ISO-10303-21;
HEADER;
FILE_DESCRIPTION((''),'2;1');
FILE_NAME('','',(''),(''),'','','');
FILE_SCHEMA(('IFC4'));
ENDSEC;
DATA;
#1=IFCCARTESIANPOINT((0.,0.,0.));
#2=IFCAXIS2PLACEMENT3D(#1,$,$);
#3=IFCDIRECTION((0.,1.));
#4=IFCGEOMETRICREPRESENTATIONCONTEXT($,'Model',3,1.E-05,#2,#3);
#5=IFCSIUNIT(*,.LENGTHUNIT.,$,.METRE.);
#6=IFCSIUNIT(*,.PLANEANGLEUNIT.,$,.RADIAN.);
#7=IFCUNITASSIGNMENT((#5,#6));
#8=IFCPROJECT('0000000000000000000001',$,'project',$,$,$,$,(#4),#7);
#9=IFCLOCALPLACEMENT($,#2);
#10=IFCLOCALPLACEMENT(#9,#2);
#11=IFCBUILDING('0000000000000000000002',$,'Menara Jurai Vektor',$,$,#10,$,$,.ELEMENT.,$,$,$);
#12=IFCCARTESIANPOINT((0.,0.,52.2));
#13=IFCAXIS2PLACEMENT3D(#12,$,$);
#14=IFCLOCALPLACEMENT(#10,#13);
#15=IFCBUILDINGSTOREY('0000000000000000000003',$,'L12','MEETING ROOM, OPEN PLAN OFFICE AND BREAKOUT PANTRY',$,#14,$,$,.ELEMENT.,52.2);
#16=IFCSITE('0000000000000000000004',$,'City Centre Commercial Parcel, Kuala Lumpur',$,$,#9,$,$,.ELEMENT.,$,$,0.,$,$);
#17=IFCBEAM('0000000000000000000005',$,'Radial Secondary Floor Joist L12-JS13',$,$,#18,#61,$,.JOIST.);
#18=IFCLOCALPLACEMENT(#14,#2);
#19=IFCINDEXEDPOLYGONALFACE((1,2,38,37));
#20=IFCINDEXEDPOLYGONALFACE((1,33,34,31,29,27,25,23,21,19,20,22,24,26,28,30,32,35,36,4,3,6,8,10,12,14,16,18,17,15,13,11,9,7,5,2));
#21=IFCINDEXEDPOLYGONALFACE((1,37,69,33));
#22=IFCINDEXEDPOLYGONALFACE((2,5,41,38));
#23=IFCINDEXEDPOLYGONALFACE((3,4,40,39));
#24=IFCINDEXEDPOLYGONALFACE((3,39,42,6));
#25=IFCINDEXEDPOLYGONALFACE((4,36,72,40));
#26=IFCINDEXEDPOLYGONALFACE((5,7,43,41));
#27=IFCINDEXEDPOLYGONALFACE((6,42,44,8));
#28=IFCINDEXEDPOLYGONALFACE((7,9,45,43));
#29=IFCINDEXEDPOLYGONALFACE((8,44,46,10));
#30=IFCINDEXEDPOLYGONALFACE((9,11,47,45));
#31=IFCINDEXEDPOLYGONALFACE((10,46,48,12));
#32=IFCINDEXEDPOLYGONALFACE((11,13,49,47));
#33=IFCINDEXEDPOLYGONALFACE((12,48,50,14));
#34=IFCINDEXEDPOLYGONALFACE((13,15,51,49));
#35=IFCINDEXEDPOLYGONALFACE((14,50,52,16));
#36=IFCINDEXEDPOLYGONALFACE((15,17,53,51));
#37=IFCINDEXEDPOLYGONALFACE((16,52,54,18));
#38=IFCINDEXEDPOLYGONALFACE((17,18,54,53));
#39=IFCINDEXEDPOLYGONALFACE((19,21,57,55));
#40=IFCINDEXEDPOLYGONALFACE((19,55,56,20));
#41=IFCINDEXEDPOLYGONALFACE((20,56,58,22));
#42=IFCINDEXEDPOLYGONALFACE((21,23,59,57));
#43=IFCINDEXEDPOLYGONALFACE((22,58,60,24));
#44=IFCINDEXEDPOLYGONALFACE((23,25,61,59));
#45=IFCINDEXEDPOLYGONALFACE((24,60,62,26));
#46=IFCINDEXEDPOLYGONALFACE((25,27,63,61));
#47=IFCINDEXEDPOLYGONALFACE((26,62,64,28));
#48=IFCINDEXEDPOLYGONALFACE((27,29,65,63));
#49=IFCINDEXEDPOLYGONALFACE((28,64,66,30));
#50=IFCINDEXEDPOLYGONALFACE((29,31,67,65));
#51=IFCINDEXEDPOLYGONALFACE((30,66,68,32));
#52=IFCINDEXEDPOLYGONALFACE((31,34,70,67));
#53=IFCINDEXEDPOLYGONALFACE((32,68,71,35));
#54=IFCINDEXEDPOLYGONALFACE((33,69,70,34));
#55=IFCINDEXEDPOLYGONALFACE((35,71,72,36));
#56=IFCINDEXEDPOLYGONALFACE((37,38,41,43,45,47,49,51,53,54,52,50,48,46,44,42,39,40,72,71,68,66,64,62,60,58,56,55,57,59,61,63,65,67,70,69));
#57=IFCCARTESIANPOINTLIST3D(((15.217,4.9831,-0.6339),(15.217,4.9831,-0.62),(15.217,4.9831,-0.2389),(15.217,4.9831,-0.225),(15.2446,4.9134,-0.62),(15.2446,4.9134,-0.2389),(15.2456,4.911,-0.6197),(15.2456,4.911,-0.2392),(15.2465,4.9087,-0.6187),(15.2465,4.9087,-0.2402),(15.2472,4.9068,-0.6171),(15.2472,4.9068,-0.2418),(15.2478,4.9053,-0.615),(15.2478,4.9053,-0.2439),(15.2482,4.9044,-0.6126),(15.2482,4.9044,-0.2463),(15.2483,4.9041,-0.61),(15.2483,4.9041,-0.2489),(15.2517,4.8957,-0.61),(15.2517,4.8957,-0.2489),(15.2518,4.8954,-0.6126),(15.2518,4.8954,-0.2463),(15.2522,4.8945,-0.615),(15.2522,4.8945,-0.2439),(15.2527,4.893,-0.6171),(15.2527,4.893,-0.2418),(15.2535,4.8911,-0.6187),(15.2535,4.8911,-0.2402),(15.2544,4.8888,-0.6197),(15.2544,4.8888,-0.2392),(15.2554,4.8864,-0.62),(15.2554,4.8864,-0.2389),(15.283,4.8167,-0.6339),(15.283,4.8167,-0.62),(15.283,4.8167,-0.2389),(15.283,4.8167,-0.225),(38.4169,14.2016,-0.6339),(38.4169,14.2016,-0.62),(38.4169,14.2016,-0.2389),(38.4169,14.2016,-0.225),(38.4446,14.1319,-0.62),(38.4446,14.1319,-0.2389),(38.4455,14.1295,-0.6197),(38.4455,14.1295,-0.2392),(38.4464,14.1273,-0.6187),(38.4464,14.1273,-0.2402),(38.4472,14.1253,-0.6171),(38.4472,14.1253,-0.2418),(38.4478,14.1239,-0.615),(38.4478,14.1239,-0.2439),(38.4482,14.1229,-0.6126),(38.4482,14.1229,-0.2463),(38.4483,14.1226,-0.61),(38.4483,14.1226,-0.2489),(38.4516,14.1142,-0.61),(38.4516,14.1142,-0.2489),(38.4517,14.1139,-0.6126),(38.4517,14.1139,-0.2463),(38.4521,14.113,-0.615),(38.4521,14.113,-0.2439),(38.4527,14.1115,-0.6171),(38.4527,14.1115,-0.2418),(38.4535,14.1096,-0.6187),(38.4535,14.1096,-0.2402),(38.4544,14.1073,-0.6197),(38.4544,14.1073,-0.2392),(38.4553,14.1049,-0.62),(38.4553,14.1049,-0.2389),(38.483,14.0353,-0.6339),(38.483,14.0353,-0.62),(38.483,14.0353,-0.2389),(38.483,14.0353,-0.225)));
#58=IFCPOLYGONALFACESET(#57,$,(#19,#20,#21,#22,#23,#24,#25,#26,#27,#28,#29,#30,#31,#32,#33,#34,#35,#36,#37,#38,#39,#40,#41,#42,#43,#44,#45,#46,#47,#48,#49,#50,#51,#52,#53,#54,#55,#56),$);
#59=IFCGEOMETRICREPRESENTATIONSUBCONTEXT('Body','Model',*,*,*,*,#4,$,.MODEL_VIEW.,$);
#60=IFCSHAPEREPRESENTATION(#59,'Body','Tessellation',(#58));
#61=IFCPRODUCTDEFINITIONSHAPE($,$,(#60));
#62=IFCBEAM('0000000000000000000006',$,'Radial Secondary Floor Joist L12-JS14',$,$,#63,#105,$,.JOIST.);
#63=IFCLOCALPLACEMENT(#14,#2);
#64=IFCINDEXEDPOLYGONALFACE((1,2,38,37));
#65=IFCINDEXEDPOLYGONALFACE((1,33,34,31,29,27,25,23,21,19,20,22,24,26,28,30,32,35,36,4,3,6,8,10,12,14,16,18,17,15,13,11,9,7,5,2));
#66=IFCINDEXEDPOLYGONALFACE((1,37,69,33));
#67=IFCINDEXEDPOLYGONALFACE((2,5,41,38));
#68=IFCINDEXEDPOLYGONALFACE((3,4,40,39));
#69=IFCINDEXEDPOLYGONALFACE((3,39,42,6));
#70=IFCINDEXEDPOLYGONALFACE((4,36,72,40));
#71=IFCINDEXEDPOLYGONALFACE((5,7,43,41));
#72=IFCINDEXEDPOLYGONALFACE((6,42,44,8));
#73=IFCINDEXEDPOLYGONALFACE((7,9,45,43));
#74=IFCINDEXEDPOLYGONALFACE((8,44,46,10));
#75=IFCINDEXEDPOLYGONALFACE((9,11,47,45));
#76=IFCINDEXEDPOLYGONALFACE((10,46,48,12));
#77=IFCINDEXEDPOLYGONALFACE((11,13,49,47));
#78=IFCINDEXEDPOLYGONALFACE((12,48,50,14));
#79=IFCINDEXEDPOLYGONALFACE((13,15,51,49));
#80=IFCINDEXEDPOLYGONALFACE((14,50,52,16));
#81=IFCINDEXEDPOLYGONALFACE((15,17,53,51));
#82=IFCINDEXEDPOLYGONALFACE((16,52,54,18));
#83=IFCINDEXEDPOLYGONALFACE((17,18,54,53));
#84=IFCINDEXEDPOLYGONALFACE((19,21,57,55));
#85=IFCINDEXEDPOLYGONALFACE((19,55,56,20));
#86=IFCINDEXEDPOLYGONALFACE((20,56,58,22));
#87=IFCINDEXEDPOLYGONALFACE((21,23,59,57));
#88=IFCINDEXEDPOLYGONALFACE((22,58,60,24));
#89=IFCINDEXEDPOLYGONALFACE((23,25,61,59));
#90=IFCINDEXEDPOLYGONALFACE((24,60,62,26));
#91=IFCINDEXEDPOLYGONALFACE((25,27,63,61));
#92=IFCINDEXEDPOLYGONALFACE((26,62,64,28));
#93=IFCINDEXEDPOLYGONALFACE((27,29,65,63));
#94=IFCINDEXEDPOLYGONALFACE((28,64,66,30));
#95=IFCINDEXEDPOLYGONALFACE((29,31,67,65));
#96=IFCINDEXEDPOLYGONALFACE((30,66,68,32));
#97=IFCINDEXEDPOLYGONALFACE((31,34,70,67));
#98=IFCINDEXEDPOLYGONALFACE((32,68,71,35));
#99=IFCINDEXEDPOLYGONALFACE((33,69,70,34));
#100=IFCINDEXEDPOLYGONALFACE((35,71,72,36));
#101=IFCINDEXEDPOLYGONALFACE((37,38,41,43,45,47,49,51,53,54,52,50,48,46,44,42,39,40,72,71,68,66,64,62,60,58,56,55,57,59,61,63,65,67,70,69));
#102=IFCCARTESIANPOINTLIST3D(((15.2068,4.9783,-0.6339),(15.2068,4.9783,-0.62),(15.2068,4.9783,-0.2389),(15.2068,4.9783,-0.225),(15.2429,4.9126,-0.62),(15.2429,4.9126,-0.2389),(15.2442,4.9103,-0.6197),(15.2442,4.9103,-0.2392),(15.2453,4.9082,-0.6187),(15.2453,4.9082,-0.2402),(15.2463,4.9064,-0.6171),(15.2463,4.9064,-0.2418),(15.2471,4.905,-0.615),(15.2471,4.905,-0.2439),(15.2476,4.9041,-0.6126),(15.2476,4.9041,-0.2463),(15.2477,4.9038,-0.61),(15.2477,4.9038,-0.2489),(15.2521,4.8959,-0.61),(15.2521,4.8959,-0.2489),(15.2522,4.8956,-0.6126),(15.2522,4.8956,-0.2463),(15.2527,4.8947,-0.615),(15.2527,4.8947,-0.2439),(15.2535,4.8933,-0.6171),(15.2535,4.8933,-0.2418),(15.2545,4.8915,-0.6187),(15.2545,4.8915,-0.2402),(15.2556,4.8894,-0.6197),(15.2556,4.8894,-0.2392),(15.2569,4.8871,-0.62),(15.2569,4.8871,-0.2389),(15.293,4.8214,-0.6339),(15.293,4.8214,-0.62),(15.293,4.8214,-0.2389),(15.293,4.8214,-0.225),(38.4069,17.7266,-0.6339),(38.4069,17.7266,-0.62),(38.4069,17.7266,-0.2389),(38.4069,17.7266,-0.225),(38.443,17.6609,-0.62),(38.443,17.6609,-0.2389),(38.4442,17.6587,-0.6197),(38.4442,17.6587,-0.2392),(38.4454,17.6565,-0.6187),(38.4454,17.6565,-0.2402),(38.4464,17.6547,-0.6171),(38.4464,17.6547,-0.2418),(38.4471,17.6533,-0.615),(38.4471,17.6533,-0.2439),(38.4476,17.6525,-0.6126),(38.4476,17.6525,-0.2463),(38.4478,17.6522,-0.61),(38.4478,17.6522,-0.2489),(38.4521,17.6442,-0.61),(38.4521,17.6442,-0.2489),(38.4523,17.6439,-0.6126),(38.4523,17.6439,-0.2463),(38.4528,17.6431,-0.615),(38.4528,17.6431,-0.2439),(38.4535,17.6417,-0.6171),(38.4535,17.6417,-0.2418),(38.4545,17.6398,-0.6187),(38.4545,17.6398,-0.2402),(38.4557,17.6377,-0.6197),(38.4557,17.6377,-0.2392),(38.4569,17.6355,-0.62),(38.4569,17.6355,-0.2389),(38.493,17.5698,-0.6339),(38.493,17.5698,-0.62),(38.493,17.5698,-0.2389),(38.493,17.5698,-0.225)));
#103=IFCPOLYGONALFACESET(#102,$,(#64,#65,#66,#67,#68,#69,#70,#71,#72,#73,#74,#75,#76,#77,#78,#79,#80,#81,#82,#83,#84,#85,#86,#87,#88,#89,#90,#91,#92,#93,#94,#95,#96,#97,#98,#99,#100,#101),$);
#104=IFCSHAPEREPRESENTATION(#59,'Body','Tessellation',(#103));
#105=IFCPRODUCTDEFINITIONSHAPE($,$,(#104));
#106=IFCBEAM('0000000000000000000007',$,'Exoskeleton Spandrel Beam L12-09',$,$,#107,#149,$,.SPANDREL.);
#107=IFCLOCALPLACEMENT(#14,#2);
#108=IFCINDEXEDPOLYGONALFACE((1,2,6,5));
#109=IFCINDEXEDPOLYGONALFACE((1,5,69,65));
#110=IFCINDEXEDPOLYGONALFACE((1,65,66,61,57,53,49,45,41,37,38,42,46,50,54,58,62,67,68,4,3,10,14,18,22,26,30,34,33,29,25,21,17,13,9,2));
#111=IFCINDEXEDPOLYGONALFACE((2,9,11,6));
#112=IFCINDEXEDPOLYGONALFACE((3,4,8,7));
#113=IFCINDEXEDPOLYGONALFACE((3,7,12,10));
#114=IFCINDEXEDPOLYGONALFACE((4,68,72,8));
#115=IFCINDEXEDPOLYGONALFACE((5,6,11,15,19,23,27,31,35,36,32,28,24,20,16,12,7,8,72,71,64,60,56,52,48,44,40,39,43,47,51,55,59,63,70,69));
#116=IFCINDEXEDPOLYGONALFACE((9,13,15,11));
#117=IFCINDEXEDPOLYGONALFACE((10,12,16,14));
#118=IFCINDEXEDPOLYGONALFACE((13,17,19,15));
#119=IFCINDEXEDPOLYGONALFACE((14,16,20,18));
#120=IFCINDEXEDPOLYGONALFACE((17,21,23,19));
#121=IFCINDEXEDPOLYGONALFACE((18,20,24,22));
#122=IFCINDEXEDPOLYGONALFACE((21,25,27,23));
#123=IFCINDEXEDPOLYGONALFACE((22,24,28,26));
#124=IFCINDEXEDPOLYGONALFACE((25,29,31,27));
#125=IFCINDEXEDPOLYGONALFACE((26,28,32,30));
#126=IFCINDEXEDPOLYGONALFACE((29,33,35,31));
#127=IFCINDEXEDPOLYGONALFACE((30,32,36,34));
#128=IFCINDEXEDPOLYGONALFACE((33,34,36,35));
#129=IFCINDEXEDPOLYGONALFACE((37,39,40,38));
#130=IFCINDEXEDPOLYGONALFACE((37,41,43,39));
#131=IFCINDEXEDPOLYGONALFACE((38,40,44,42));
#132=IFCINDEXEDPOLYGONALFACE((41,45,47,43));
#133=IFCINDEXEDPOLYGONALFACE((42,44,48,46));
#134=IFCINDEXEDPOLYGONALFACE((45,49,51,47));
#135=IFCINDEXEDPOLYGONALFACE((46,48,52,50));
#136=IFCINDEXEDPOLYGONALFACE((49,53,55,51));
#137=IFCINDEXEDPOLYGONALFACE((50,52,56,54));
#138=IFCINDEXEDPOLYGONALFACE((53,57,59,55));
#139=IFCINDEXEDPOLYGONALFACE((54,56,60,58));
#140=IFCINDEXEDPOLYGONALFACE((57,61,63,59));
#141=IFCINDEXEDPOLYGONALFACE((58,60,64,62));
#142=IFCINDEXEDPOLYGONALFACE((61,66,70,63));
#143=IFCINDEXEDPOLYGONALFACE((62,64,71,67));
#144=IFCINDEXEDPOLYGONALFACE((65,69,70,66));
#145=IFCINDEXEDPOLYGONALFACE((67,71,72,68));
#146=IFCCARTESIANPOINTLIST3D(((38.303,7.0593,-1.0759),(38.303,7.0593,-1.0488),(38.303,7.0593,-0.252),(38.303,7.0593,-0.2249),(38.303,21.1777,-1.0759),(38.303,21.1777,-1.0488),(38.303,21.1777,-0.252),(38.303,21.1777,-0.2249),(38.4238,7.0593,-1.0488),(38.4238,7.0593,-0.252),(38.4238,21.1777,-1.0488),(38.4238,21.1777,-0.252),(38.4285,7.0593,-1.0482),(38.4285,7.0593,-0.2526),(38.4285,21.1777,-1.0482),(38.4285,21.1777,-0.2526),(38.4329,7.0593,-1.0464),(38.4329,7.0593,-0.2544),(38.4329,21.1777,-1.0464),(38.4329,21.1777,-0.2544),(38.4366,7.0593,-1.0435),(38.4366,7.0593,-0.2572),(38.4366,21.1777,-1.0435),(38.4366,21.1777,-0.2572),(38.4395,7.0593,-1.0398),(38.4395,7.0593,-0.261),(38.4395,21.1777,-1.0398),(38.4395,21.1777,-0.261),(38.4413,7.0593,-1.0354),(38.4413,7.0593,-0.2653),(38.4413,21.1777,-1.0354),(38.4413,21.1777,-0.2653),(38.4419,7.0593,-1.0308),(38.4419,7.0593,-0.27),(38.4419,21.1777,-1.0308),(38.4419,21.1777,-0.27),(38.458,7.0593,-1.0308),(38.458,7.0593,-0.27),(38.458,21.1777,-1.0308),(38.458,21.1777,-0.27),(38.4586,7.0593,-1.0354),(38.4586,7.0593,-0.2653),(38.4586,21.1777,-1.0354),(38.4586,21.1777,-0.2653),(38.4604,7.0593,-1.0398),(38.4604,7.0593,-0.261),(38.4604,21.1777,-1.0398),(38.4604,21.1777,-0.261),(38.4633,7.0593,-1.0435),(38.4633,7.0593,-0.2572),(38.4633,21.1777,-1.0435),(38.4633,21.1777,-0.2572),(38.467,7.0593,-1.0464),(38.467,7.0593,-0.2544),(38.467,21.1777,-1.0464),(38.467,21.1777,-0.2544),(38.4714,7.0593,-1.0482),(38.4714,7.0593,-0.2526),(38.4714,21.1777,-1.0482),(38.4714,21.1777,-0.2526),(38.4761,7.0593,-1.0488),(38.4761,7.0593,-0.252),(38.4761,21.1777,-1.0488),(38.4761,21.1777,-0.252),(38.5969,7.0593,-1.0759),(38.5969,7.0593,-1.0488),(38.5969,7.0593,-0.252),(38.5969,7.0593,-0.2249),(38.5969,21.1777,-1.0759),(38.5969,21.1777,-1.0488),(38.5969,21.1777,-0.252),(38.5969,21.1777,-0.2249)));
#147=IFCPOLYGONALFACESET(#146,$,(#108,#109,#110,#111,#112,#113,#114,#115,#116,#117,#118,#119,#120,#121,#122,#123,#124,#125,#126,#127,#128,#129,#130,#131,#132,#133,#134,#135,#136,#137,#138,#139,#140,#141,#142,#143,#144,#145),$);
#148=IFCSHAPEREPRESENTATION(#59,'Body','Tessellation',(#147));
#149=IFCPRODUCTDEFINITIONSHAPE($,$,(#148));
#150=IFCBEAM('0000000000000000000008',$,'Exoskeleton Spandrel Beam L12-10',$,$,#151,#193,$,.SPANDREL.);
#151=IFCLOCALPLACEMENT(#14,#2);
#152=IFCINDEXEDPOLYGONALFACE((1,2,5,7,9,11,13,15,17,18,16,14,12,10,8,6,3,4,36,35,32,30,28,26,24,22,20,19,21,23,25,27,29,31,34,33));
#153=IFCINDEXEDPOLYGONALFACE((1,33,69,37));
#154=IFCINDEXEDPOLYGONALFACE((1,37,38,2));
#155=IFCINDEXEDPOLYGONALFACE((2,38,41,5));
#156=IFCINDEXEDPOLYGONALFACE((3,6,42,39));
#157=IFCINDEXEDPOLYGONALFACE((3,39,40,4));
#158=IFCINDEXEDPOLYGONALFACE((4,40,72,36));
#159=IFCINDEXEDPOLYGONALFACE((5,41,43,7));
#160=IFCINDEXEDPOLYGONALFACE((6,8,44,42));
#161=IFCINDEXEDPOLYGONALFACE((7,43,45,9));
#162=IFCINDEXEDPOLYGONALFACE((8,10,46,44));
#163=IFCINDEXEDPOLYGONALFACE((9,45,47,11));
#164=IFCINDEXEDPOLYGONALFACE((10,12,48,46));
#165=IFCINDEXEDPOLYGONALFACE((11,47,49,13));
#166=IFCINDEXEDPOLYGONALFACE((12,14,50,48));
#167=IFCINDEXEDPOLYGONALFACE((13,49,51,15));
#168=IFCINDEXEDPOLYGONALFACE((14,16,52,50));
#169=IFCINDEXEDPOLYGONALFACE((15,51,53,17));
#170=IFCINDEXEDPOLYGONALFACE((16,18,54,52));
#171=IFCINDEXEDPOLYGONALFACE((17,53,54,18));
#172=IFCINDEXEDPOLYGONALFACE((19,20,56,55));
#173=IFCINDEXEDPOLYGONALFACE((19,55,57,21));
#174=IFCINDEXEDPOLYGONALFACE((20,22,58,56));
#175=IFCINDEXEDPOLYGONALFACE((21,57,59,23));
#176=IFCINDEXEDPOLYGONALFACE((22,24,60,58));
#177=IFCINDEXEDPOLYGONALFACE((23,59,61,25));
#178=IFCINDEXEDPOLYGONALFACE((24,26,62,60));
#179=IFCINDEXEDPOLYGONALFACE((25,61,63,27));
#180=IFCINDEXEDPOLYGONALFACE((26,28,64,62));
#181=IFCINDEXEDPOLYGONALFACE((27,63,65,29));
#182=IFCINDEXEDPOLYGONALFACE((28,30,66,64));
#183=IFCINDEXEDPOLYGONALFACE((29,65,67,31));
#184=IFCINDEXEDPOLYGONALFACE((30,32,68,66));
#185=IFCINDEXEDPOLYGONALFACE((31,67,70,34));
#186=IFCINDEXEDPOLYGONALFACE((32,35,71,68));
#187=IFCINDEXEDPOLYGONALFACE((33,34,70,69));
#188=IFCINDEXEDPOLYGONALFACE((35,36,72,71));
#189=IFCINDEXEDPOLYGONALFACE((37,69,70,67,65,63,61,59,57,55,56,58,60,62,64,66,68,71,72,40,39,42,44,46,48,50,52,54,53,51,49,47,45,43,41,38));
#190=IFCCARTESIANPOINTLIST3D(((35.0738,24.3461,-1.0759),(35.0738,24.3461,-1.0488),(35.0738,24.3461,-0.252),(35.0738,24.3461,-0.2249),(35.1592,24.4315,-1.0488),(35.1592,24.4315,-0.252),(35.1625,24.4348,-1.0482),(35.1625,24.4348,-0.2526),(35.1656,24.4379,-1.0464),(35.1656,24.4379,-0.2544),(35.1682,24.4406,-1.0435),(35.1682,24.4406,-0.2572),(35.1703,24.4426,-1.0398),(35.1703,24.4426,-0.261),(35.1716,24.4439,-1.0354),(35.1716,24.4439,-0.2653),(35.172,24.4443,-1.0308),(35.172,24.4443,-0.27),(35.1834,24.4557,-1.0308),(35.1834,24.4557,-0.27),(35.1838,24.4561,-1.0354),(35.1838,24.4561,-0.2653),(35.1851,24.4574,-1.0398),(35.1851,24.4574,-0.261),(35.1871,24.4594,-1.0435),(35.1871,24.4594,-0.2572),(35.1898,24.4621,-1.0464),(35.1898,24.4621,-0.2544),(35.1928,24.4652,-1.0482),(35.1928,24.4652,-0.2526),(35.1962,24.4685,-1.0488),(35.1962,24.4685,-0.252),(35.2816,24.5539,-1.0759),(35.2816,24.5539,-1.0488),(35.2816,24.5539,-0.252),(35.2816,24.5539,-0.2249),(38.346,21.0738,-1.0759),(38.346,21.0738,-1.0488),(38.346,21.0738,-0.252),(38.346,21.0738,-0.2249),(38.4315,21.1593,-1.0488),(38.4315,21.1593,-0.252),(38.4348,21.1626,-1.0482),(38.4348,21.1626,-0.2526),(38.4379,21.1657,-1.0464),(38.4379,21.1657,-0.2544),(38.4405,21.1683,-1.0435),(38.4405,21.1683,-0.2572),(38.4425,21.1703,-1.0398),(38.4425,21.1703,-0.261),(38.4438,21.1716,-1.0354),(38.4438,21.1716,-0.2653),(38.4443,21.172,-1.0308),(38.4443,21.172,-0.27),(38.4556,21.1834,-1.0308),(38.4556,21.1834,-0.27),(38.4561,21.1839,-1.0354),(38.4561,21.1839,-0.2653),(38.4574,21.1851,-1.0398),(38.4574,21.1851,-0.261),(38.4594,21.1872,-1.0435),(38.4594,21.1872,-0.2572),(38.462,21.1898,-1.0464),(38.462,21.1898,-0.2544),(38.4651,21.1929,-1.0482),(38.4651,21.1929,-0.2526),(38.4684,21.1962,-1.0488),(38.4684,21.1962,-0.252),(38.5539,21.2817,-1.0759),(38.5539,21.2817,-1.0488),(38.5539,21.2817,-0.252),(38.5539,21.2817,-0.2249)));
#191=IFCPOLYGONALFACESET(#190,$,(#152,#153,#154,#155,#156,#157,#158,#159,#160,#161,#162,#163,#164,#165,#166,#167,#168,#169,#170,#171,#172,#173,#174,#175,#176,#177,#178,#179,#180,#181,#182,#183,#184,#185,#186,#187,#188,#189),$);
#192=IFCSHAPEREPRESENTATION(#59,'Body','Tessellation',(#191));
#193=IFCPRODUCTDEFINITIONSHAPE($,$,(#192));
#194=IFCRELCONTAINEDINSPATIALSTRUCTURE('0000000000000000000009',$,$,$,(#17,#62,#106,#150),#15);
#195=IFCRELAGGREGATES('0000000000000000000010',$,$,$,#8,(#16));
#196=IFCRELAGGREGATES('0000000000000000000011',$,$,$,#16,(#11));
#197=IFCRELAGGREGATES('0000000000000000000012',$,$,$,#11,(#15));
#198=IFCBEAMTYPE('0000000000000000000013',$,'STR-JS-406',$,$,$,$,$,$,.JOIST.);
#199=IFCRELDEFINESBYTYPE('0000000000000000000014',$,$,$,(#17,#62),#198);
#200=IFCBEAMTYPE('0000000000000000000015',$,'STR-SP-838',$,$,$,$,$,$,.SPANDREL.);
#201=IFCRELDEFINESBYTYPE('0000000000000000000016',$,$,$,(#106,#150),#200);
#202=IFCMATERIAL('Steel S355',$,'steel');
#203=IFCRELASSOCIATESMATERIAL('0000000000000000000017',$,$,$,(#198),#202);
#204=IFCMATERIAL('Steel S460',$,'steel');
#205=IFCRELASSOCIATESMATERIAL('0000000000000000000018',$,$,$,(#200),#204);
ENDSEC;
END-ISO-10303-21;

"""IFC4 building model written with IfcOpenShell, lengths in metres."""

from ifc_helpers import new_model, si_unit, direction, frame, origin, origin_2d, place, context, subcontext, project, spatial, i_section, extrude, material, material_profile, profile_set, type_object, element, save


model = new_model("IFC4")

# Units and contexts
model_context = context("Model", 3, precision=1e-05, world=origin(), true_north=direction((0.0, 1.0)))
body_context = subcontext(model_context, "Body", "Model", "MODEL_VIEW")
ifc_project = project(units=[si_unit("LENGTHUNIT", "METRE"), si_unit("PLANEANGLEUNIT", "RADIAN")], contexts=[model_context])

# Site, building, storey
site_placement = place(None, origin())
site = spatial("IfcSite", under=ifc_project, at=site_placement, Name="City Centre Commercial Parcel, Kuala Lumpur", CompositionType="ELEMENT", RefElevation=0.0)
building_placement = place(site_placement, origin())
building = spatial("IfcBuilding", under=site, at=building_placement, Name="Menara Jurai Vektor", CompositionType="ELEMENT")
storey_placement = place(building_placement, frame((0.0, 0.0, 52.2)))
storey = spatial("IfcBuildingStorey", under=building, at=storey_placement, Name="L12", Description="MEETING ROOM, OPEN PLAN OFFICE AND BREAKOUT PANTRY", CompositionType="ELEMENT", Elevation=52.2)

# Shared definitions
ifc_material_1 = material(Name="Steel S460", Category="steel")

# Beams
ifc_material_2 = material(Name="Steel S355", Category="steel")
ifc_material_profile_1 = material_profile(ifc_material_2, i_section(OverallWidth=0.179, OverallDepth=0.4089, WebThickness=0.009, FlangeThickness=0.0139, FilletRadius=0.01, at=origin_2d()), Name="UKB 406x178x67")
ifc_profile_set_1 = profile_set([ifc_material_profile_1], Name="Steel S355")
beam_type_1 = type_object("IfcBeamType", Name="STR-JS-406", PredefinedType="JOIST", material=ifc_profile_set_1)
beam_1_placement = place(storey_placement, frame((38.45, 14.1184, -0.4294), z_axis=(-0.929323, -0.369267, 0.0), x_axis=(0.369267, -0.929323, 0.0)))
element("IfcBeam", 1, at=beam_1_placement, inside=storey, type_object=beam_type_1, Name="Radial Secondary Floor Joist L12-JS13", PredefinedType="JOIST", context=body_context, shape_type="SweptSolid", body=[
    extrude(i_section(OverallWidth=0.179, OverallDepth=0.4089, WebThickness=0.009, FlangeThickness=0.0139, FilletRadius=0.01, at=origin_2d()), origin(), (0.0, 0.0, 1.0), 24.9644),
])
beam_2_placement = place(storey_placement, frame((38.45, 17.6482, -0.4294), z_axis=(-0.876402, -0.48158, 0.0), x_axis=(0.48158, -0.876402, 0.0)))
element("IfcBeam", 2, at=beam_2_placement, inside=storey, type_object=beam_type_1, Name="Radial Secondary Floor Joist L12-JS14", PredefinedType="JOIST", context=body_context, shape_type="SweptSolid", body=[
    extrude(i_section(OverallWidth=0.179, OverallDepth=0.4089, WebThickness=0.009, FlangeThickness=0.0139, FilletRadius=0.01, at=origin_2d()), origin(), (0.0, 0.0, 1.0), 26.4719),
])
ifc_material_profile_2 = material_profile(ifc_material_1, i_section(OverallWidth=0.2939, OverallDepth=0.8511, WebThickness=0.0161, FlangeThickness=0.0271, FilletRadius=0.0181, at=origin_2d()), Name="UKB 838x292x226")
ifc_profile_set_2 = profile_set([ifc_material_profile_2], Name="Steel S460")
beam_type_2 = type_object("IfcBeamType", Name="STR-SP-838", PredefinedType="SPANDREL", material=ifc_profile_set_2)
beam_3_placement = place(storey_placement, frame((38.45, 7.0593, -0.6504), z_axis=(0.0, 1.0, 0.0), x_axis=(-1.0, 0.0, 0.0)))
element("IfcBeam", 3, at=beam_3_placement, inside=storey, type_object=beam_type_2, Name="Exoskeleton Spandrel Beam L12-09", PredefinedType="SPANDREL", context=body_context, shape_type="SweptSolid", body=[
    extrude(i_section(OverallWidth=0.2939, OverallDepth=0.8511, WebThickness=0.0161, FlangeThickness=0.0271, FilletRadius=0.0181, at=origin_2d()), origin(), (0.0, 0.0, 1.0), 14.1184),
])
beam_4_placement = place(storey_placement, frame((38.45, 21.1777, -0.6504), z_axis=(-0.707107, 0.707107, 0.0), x_axis=(-0.707107, -0.707107, 0.0)))
element("IfcBeam", 4, at=beam_4_placement, inside=storey, type_object=beam_type_2, Name="Exoskeleton Spandrel Beam L12-10", PredefinedType="SPANDREL", context=body_context, shape_type="SweptSolid", body=[
    extrude(i_section(OverallWidth=0.2939, OverallDepth=0.8511, WebThickness=0.0161, FlangeThickness=0.0271, FilletRadius=0.0181, at=origin_2d()), origin(), (0.0, 0.0, 1.0), 4.6277),
])

save(model, "model.ifc")
